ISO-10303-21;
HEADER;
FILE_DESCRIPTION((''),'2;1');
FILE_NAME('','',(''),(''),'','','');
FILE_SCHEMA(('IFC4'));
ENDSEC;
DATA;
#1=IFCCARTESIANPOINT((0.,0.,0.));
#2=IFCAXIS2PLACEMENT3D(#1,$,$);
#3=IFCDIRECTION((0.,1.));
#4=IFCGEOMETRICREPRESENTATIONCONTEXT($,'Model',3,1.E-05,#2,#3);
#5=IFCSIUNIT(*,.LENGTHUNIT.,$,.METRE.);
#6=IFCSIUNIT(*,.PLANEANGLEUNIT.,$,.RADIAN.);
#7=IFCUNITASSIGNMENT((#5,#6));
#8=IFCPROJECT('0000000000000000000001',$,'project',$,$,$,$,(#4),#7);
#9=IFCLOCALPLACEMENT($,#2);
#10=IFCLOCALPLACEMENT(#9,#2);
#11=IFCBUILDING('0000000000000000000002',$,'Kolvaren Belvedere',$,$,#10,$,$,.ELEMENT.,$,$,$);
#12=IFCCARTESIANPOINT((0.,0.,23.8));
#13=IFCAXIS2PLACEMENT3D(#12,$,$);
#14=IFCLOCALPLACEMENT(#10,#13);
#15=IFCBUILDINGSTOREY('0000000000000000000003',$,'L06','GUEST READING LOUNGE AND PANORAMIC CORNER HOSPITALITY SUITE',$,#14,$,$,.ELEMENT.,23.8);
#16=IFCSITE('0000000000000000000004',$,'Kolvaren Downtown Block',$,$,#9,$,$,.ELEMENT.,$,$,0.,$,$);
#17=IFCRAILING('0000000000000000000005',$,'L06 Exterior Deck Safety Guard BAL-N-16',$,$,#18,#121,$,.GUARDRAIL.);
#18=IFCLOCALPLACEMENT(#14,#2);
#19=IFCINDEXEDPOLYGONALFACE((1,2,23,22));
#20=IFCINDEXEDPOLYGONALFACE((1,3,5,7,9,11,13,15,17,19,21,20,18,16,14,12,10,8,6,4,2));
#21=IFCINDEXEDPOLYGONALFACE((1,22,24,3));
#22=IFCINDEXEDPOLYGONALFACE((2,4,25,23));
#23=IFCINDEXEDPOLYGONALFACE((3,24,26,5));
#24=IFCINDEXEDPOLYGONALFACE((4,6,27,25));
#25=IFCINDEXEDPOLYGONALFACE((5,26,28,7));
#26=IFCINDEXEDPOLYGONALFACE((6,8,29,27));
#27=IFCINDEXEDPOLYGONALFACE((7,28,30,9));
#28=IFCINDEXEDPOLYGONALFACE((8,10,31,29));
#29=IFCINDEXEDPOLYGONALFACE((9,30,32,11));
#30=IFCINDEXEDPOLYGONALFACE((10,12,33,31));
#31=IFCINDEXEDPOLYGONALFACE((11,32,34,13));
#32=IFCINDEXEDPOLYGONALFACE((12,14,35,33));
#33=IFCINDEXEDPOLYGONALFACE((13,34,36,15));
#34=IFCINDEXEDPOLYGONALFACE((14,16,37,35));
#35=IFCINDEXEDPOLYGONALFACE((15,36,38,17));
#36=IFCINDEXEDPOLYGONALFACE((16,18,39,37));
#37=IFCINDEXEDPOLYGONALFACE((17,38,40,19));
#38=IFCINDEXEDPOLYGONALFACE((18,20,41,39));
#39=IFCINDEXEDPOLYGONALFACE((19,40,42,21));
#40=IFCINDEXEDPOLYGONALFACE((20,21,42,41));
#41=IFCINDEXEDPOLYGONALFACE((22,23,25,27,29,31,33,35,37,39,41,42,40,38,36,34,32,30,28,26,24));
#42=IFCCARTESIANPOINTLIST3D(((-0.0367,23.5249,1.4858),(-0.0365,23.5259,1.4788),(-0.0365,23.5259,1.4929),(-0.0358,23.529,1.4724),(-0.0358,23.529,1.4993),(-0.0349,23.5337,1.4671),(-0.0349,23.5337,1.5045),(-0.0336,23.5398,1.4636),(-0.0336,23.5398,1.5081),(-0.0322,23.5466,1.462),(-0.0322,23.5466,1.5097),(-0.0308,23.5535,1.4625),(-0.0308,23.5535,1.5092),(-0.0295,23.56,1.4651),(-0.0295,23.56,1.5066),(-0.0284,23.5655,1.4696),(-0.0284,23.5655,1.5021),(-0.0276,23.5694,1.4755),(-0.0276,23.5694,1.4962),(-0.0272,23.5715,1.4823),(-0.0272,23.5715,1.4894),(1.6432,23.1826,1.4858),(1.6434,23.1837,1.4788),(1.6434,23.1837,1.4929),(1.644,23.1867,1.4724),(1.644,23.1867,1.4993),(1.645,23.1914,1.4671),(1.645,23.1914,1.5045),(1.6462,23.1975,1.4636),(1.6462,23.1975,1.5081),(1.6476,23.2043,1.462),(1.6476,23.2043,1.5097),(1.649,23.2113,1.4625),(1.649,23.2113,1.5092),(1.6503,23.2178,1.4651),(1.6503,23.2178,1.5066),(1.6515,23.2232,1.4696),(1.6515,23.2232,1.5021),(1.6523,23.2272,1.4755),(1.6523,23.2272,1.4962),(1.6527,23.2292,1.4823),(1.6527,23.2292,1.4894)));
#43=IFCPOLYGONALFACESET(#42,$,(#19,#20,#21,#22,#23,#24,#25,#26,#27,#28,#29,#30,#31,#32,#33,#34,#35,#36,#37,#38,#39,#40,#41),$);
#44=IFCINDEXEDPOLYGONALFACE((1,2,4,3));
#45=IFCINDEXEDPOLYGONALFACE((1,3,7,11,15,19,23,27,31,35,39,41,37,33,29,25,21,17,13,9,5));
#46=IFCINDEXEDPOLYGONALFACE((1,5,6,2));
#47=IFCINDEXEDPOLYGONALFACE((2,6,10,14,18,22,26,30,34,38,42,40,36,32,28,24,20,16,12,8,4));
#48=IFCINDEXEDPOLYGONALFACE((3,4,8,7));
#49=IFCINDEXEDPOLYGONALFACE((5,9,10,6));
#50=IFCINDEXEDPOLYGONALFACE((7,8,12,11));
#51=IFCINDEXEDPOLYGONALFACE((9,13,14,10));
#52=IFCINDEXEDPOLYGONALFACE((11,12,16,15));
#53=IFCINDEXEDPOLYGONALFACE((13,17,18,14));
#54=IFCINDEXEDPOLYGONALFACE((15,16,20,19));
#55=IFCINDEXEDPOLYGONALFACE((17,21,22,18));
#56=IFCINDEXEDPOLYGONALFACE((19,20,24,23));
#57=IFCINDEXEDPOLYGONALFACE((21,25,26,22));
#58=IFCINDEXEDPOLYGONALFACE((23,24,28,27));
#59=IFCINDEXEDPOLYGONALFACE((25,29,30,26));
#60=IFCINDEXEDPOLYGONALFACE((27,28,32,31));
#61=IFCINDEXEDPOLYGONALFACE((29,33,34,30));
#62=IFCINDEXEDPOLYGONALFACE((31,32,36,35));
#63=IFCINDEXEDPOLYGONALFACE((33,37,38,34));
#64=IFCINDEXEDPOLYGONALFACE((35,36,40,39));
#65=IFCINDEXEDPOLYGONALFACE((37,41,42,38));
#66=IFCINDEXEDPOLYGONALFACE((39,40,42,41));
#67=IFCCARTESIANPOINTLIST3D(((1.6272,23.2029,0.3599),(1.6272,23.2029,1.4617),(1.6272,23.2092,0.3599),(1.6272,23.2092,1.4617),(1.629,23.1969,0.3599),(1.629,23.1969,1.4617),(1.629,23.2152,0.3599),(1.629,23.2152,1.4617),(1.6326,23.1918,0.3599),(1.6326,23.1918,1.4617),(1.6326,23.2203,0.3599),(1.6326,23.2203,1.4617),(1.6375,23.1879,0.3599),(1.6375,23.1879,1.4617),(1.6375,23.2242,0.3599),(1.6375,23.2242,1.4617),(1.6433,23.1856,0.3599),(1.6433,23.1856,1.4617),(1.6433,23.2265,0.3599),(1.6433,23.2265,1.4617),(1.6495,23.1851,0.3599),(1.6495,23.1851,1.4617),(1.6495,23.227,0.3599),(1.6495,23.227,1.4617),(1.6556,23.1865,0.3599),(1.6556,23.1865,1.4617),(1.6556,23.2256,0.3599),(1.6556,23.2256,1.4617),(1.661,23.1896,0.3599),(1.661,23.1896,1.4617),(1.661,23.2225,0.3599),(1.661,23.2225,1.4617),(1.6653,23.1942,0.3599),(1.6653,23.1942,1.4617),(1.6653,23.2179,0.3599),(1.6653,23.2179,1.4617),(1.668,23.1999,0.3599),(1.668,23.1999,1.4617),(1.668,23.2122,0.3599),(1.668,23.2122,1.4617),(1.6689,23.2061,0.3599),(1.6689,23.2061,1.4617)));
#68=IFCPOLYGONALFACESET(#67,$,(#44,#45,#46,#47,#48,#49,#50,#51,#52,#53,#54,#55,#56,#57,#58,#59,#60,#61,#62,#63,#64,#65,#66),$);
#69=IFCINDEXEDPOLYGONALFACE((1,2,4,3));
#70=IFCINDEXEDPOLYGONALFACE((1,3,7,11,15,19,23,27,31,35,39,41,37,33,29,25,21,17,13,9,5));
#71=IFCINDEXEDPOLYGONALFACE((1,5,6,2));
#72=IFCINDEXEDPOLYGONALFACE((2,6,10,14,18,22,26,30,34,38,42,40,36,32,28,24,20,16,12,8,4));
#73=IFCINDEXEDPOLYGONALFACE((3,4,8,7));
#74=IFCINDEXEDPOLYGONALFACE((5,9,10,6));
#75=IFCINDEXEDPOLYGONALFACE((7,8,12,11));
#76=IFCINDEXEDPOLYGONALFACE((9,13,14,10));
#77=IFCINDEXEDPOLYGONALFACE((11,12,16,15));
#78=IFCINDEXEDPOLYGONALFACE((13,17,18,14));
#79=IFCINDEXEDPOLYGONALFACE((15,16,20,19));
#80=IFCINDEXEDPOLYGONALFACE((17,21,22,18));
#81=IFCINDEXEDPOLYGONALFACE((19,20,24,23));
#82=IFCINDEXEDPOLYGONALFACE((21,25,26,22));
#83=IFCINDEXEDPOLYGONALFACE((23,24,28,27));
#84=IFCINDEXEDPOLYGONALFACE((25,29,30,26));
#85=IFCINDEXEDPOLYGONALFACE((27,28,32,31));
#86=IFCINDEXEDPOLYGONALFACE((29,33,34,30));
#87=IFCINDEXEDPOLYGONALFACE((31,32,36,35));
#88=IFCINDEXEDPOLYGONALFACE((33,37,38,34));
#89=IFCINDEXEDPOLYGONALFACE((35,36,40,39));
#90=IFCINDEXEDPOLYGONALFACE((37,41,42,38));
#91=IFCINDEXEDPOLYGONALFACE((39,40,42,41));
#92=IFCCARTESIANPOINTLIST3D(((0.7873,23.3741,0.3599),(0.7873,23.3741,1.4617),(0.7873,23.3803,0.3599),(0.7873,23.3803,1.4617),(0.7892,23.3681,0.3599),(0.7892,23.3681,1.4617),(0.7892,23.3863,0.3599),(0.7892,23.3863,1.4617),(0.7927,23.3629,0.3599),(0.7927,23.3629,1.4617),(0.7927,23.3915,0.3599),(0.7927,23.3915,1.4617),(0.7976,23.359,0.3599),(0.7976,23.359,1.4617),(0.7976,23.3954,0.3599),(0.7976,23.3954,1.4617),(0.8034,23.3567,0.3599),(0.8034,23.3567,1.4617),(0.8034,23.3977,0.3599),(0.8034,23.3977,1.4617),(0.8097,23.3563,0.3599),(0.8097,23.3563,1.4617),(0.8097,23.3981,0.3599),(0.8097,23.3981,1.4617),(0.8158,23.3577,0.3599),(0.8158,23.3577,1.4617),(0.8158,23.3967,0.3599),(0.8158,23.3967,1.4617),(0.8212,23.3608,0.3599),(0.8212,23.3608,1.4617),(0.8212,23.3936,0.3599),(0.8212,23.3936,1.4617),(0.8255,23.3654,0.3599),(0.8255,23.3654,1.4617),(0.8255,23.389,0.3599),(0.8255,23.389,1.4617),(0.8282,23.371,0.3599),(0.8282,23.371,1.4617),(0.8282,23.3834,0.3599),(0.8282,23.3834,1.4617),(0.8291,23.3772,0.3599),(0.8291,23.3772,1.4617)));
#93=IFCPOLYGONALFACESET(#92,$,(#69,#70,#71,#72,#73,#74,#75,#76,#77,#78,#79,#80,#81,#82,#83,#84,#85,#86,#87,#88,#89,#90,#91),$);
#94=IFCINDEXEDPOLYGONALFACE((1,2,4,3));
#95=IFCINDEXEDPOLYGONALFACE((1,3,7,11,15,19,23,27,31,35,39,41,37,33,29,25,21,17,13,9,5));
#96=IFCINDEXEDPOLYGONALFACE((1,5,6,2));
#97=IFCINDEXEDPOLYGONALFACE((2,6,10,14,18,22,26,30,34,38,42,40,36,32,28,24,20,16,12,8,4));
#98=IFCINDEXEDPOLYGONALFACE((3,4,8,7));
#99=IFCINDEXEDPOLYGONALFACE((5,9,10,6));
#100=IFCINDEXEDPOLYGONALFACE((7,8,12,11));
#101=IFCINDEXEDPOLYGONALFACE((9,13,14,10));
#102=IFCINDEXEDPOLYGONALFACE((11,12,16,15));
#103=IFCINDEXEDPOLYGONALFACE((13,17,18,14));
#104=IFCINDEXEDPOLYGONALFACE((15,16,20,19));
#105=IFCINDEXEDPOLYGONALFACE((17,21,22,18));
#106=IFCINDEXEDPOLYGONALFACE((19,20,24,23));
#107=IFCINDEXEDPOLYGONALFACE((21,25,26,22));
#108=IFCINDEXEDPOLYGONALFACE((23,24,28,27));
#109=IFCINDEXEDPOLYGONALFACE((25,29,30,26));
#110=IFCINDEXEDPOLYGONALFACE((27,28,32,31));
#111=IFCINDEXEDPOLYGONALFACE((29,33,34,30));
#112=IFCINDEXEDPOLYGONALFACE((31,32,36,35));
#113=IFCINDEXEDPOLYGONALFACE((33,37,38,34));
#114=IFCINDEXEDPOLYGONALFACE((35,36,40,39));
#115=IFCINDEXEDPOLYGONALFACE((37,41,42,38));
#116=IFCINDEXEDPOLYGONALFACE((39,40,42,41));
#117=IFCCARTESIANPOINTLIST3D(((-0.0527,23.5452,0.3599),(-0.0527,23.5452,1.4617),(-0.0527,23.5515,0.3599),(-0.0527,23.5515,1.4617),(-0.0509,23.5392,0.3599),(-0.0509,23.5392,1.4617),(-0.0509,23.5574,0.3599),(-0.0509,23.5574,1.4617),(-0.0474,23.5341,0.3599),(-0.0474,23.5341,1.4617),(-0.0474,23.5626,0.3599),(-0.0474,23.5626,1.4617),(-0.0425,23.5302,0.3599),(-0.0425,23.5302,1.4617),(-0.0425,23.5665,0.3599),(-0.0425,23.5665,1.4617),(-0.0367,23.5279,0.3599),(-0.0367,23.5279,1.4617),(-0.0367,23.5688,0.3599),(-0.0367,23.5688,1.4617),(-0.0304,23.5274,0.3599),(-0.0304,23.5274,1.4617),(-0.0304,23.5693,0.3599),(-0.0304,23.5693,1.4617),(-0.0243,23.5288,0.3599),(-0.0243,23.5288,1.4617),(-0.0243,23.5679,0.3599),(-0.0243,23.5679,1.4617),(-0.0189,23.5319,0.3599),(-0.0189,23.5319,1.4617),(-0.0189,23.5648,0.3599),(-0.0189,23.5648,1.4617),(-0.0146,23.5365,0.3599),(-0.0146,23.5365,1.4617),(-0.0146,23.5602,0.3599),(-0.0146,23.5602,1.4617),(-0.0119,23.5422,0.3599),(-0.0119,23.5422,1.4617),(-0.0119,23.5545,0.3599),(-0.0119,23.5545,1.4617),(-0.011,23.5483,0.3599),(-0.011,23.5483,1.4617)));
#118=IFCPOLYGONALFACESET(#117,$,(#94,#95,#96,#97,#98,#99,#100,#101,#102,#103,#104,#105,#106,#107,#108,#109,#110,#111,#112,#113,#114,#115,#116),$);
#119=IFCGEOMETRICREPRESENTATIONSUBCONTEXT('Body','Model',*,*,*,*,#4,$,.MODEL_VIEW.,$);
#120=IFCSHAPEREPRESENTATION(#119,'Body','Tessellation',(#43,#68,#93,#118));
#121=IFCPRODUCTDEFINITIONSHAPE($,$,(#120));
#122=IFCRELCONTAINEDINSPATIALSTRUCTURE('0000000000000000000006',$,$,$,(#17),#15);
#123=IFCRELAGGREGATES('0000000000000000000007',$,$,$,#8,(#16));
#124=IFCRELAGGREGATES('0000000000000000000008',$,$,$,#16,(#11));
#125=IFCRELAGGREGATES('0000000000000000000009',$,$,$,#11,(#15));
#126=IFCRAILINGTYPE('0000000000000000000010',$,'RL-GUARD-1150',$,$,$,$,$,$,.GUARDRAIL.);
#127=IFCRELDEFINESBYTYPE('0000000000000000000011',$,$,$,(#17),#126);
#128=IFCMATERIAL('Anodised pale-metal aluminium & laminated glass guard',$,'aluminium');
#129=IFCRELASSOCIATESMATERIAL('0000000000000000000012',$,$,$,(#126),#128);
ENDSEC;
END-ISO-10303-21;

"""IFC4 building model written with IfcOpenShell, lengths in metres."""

from ifc_helpers import new_model, si_unit, direction, frame, origin, origin_2d, place, context, subcontext, project, spatial, circle, extrude, material, type_object, element, save


model = new_model("IFC4")

# Units and contexts
model_context = context("Model", 3, precision=1e-05, world=origin(), true_north=direction((0.0, 1.0)))
body_context = subcontext(model_context, "Body", "Model", "MODEL_VIEW")
ifc_project = project(units=[si_unit("LENGTHUNIT", "METRE"), si_unit("PLANEANGLEUNIT", "RADIAN")], contexts=[model_context])

# Site, building, storey
site_placement = place(None, origin())
site = spatial("IfcSite", under=ifc_project, at=site_placement, Name="Kolvaren Downtown Block", CompositionType="ELEMENT", RefElevation=0.0)
building_placement = place(site_placement, origin())
building = spatial("IfcBuilding", under=site, at=building_placement, Name="Kolvaren Belvedere", CompositionType="ELEMENT")
storey_placement = place(building_placement, frame((0.0, 0.0, 23.8)))
storey = spatial("IfcBuildingStorey", under=building, at=storey_placement, Name="L06", Description="GUEST READING LOUNGE AND PANORAMIC CORNER HOSPITALITY SUITE", CompositionType="ELEMENT", Elevation=23.8)

# Railing
ifc_material_1 = material(Name="Anodised pale-metal aluminium & laminated glass guard", Category="aluminium")
railing_type = type_object("IfcRailingType", Name="RL-GUARD-1150", PredefinedType="GUARDRAIL", material=ifc_material_1)
railing_1_placement = place(storey_placement, frame((1.6479, 23.2061, 0.3599)))
element("IfcRailing", 1, at=railing_1_placement, inside=storey, type_object=railing_type, Name="L06 Exterior Deck Safety Guard BAL-N-16", PredefinedType="GUARDRAIL", context=body_context, shape_type="SweptSolid", body=[
    extrude(circle(Radius=0.0239, at=origin_2d()), frame((0.0, 0.0, 1.126), z_axis=(-0.979868, 0.199648, 0.0), x_axis=(-0.199648, -0.979868, 0.0)), (0.0, 0.0, 1.0), 1.7144),
    extrude(circle(Radius=0.021, at=origin_2d()), origin(), (0.0, 0.0, 1.0), 1.1018),
    extrude(circle(Radius=0.021, at=origin_2d()), frame((-0.8398, 0.1711, 0.0)), (0.0, 0.0, 1.0), 1.1018),
    extrude(circle(Radius=0.021, at=origin_2d()), frame((-1.6799, 0.3423, 0.0)), (0.0, 0.0, 1.0), 1.1018),
])

save(model, "model.ifc")
